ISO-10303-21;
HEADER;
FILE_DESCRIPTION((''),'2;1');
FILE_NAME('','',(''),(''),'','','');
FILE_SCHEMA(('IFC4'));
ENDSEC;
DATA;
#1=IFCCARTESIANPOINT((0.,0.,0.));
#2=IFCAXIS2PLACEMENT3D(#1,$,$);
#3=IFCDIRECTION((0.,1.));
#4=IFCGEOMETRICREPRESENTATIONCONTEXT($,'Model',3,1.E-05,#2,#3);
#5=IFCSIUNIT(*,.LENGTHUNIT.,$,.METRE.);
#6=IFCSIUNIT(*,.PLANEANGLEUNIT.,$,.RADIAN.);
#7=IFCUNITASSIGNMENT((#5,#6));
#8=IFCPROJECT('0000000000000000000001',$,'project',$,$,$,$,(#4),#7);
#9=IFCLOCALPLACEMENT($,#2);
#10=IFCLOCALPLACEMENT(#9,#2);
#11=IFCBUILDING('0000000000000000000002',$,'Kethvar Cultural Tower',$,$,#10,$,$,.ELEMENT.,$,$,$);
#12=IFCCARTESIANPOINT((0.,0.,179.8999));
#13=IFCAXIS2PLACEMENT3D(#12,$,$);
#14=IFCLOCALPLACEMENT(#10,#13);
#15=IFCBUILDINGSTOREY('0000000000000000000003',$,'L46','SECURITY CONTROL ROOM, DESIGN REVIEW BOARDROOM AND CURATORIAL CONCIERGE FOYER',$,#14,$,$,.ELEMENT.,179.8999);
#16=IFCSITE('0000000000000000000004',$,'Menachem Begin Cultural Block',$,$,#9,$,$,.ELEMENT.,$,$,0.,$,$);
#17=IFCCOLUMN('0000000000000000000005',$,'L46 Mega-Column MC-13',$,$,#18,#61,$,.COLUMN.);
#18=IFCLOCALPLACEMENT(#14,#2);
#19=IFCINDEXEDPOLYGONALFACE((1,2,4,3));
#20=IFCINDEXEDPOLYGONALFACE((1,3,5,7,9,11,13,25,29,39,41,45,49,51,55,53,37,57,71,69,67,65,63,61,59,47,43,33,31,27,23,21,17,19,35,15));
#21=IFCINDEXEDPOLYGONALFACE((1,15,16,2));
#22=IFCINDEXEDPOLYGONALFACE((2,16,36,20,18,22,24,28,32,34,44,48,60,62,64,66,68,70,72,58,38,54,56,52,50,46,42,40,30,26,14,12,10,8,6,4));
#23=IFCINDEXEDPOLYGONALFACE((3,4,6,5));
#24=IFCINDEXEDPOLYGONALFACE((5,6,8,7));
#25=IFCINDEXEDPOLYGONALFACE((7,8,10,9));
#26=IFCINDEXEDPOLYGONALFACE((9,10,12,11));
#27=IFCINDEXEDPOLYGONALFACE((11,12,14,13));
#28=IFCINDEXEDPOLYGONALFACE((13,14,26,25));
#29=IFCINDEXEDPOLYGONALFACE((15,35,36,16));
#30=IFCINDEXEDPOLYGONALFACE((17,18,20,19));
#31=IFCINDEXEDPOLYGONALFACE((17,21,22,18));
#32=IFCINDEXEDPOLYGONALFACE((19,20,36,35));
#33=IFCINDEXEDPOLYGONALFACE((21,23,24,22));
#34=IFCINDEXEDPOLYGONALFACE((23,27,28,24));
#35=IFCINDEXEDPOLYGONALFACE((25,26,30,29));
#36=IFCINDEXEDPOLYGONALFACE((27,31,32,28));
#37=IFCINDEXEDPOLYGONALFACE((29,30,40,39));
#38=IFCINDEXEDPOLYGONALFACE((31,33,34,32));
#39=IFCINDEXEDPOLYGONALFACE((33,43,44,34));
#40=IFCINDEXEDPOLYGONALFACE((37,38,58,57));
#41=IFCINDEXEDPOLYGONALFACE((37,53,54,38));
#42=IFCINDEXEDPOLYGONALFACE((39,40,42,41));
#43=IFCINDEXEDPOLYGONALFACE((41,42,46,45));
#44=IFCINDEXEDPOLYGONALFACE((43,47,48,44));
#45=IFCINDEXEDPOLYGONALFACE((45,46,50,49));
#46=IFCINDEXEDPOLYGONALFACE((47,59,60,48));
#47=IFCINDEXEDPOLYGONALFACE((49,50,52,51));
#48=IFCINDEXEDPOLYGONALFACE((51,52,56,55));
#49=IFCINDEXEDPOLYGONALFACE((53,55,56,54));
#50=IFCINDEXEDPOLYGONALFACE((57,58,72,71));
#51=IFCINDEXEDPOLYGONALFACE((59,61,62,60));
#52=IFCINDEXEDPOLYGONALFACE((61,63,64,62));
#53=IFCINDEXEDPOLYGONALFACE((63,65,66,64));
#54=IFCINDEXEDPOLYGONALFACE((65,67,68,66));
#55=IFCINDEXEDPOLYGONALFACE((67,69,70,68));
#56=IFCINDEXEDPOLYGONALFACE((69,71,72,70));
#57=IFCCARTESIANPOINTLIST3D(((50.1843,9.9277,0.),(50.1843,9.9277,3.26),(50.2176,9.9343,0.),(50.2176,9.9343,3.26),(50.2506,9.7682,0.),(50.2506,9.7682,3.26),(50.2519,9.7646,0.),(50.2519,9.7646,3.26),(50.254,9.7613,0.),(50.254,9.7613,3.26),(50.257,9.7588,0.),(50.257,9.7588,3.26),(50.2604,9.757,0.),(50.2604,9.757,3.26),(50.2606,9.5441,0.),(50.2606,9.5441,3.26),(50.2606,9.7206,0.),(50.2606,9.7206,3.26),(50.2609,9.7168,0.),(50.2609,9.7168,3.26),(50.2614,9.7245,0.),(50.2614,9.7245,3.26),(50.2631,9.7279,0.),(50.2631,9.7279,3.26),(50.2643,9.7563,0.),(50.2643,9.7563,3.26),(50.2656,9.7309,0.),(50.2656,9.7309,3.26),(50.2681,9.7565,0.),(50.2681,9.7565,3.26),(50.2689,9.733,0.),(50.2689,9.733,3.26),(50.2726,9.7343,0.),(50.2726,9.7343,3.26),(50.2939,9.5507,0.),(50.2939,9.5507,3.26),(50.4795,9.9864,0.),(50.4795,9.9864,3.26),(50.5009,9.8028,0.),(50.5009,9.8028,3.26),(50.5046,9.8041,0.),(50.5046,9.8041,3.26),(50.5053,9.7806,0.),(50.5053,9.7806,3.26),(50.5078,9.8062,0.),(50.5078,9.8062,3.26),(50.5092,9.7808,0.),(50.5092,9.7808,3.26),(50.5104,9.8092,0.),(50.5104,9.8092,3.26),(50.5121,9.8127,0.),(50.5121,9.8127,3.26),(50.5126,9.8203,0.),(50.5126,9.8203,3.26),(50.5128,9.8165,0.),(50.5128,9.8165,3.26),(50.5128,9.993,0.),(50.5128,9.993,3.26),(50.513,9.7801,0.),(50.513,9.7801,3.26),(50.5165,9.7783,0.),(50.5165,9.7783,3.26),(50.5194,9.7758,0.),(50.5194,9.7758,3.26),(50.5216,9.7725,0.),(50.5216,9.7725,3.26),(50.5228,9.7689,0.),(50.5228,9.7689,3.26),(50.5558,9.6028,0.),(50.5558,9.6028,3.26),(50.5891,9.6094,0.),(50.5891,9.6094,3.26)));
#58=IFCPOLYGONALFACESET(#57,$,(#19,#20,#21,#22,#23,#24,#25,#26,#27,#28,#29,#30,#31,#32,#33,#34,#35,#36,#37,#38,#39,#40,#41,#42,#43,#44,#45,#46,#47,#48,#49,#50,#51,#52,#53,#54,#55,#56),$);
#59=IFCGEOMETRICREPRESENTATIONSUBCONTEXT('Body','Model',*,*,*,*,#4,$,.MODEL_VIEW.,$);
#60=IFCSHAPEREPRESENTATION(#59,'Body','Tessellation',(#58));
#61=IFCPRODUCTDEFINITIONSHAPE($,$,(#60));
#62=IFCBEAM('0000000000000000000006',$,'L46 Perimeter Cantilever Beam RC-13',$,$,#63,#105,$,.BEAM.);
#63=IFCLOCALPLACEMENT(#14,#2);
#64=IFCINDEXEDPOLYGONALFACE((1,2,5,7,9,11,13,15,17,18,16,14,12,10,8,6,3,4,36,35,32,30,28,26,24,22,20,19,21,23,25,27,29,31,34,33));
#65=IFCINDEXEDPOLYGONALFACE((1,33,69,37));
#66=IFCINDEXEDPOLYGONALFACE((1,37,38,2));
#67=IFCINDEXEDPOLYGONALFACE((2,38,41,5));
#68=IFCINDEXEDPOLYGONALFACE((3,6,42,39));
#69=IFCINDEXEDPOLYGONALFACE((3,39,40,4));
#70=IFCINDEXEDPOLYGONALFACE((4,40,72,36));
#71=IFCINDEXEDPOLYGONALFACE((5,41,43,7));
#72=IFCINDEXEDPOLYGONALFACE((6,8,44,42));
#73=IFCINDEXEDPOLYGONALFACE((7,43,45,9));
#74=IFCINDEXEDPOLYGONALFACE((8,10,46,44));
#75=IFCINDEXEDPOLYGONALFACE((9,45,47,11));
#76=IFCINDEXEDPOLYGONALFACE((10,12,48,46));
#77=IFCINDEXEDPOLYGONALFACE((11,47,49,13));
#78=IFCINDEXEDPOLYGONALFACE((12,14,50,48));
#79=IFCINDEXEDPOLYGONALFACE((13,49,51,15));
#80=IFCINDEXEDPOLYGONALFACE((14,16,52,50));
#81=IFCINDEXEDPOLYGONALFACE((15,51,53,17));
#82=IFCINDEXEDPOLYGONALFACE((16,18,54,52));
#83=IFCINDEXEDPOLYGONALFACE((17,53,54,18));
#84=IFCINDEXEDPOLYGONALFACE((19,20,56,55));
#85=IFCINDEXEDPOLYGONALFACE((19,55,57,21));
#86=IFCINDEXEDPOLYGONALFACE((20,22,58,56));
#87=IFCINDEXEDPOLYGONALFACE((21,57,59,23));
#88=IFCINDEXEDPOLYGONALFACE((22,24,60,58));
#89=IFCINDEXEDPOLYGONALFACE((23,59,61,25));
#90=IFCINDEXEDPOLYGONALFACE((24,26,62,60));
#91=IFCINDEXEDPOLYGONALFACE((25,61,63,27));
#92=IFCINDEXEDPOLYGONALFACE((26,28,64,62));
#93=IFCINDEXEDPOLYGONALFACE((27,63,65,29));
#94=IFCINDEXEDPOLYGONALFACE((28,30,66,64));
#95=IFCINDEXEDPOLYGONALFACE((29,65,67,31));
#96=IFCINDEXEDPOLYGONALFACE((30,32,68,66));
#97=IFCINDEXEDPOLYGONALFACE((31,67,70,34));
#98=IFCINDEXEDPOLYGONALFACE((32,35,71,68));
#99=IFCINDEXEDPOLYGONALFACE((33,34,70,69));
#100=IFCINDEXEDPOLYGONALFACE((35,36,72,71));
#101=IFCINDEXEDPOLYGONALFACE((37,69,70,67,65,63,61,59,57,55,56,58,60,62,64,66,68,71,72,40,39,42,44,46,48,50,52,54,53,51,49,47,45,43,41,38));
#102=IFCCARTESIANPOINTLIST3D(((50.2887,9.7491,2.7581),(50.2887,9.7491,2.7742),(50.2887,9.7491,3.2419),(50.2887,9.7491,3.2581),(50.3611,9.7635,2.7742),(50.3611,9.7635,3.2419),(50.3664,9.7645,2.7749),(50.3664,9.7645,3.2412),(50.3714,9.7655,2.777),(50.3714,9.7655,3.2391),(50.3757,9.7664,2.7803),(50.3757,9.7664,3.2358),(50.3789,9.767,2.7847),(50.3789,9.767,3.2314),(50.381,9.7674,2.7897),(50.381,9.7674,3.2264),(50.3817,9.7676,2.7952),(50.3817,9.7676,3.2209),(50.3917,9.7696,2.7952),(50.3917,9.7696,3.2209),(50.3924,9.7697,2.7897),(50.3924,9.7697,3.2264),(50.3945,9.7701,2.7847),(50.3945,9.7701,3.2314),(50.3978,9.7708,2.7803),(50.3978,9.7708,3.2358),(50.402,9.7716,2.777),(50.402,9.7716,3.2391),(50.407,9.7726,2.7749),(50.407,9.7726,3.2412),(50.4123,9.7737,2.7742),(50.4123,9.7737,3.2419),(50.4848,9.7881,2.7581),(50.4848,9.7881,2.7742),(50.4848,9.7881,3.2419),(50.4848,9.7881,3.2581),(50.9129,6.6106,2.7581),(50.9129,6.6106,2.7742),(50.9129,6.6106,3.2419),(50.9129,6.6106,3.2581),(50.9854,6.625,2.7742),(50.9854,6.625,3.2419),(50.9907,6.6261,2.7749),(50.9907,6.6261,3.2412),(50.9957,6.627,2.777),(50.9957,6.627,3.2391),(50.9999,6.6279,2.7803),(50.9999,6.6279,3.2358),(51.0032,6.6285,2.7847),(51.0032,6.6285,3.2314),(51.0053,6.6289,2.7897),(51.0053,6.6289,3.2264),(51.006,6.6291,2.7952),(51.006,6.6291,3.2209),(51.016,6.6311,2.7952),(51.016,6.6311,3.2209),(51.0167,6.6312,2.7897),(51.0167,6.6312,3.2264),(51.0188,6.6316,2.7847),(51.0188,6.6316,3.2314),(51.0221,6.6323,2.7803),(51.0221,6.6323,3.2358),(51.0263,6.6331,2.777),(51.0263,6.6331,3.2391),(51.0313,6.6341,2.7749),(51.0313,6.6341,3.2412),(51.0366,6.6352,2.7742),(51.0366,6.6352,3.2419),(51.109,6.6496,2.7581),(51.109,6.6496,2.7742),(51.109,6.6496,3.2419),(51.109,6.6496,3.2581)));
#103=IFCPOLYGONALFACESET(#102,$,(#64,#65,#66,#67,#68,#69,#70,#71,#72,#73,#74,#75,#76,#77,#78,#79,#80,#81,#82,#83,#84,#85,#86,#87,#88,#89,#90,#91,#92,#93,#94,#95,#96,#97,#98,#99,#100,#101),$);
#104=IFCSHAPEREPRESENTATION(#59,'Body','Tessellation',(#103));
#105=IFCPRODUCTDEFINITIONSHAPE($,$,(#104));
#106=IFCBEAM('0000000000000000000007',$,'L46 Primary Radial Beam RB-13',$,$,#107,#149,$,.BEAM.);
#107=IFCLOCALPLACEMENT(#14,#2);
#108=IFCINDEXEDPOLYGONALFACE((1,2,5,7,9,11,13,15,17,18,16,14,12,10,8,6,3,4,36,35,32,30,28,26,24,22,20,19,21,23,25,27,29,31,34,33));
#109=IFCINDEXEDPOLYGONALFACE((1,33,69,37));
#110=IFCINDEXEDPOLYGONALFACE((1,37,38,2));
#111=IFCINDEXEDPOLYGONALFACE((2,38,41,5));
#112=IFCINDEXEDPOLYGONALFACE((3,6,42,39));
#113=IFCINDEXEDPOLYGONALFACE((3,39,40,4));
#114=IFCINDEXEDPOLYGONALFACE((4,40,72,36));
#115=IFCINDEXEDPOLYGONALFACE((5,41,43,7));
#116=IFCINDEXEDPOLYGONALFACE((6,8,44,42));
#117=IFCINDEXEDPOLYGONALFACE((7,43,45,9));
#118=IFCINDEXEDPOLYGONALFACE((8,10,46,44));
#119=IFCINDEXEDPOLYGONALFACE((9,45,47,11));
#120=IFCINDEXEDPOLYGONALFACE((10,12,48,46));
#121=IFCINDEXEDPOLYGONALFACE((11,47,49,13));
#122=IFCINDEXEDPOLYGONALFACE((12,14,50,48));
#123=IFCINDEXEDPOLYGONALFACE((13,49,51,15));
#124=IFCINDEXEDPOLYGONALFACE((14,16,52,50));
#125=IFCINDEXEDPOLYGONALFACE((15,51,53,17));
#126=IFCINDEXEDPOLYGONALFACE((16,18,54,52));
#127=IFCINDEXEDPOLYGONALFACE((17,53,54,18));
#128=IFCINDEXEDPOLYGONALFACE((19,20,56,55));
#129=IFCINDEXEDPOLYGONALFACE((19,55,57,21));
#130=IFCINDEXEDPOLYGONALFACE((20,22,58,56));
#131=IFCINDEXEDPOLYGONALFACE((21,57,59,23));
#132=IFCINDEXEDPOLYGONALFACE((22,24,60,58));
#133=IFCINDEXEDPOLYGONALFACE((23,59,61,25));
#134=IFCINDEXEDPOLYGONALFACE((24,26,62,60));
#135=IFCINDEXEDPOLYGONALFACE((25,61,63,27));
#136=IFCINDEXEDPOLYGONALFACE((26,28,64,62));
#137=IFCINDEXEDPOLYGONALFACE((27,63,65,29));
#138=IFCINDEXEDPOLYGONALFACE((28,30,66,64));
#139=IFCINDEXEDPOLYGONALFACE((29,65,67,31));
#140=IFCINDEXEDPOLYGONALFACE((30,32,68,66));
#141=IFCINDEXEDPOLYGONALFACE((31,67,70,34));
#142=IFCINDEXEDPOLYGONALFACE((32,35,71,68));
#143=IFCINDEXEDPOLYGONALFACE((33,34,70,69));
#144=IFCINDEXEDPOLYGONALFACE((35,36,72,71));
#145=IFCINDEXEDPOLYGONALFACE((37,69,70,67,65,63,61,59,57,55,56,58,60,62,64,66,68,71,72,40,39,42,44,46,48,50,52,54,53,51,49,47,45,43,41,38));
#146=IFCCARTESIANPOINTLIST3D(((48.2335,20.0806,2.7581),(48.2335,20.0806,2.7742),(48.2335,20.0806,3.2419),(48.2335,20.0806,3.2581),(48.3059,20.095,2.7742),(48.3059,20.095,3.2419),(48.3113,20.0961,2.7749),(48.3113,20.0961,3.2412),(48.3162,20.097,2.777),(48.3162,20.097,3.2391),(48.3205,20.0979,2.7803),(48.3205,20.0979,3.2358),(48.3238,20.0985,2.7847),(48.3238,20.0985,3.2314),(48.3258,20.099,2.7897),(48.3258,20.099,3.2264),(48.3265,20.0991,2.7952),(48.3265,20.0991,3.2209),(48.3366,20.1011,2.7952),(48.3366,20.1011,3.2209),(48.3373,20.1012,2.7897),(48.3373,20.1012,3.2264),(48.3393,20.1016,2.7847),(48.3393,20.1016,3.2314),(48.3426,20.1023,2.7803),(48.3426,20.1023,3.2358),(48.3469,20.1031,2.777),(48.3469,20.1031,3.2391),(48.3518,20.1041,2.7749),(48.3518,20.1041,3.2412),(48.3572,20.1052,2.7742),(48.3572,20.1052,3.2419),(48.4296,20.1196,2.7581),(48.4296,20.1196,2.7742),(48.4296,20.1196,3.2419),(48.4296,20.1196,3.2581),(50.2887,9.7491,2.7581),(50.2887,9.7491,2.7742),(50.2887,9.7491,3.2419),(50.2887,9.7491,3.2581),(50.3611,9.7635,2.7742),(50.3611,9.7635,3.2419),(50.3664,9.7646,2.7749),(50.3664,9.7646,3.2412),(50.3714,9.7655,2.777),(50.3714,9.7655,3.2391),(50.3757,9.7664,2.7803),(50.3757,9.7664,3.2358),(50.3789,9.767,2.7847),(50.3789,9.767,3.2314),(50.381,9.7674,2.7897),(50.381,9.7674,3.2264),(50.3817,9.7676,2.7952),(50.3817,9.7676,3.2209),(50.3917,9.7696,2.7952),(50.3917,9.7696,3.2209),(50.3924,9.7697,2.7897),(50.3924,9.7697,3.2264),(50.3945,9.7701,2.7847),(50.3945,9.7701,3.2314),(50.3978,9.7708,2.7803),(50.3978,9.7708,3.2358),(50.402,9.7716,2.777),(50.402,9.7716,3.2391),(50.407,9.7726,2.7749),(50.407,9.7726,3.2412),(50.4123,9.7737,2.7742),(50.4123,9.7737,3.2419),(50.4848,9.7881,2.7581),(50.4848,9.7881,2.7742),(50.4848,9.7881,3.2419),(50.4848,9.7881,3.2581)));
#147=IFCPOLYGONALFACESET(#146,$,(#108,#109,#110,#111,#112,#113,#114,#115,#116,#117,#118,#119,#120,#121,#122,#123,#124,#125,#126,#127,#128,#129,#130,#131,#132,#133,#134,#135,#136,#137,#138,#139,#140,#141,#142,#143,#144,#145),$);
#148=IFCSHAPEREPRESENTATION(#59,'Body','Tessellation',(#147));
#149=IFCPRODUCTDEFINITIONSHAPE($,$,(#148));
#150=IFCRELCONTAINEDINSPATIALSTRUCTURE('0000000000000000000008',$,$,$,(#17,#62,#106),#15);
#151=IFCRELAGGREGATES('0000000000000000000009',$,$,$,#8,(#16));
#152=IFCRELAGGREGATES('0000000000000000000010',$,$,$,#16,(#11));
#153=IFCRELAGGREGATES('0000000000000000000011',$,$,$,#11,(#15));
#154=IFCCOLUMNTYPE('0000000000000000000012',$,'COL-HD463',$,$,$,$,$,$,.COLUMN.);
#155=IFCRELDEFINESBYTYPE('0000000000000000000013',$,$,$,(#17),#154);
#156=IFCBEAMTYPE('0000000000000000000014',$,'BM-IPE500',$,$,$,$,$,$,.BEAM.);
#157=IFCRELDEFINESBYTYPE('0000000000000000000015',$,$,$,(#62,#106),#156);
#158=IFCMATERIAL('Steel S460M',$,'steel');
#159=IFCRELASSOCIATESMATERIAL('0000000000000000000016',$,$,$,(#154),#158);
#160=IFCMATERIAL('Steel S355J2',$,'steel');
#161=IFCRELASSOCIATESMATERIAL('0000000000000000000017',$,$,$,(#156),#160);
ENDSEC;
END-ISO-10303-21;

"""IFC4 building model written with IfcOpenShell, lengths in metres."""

from ifc_helpers import new_model, si_unit, direction, frame, origin, origin_2d, place, context, subcontext, project, spatial, i_section, extrude, source, transform, mapped, material, material_profile, profile_set, type_object, element, save


model = new_model("IFC4")

# Units and contexts
model_context = context("Model", 3, precision=1e-05, world=origin(), true_north=direction((0.0, 1.0)))
body_context = subcontext(model_context, "Body", "Model", "MODEL_VIEW")
ifc_project = project(units=[si_unit("LENGTHUNIT", "METRE"), si_unit("PLANEANGLEUNIT", "RADIAN")], contexts=[model_context])

# Site, building, storey
site_placement = place(None, origin())
site = spatial("IfcSite", under=ifc_project, at=site_placement, Name="Menachem Begin Cultural Block", CompositionType="ELEMENT", RefElevation=0.0)
building_placement = place(site_placement, origin())
building = spatial("IfcBuilding", under=site, at=building_placement, Name="Kethvar Cultural Tower", CompositionType="ELEMENT")
storey_placement = place(building_placement, frame((0.0, 0.0, 179.8999)))
storey = spatial("IfcBuildingStorey", under=building, at=storey_placement, Name="L46", Description="SECURITY CONTROL ROOM, DESIGN REVIEW BOARDROOM AND CURATORIAL CONCIERGE FOYER", CompositionType="ELEMENT", Elevation=179.8999)

# Column
ifc_material_1 = material(Name="Steel S460M", Category="steel")
ifc_material_profile_1 = material_profile(ifc_material_1, i_section(OverallWidth=0.3911, OverallDepth=0.335, WebThickness=0.0227, FlangeThickness=0.0339, FilletRadius=0.0149, at=origin_2d()), Name="Steel S460M — HD400x463")
ifc_profile_set_1 = profile_set([ifc_material_profile_1], Name="Steel S460M — HD400x463")
column_type = type_object("IfcColumnType", Name="COL-HD463", PredefinedType="COLUMN", material=ifc_profile_set_1)
shared_shape_1 = source(origin(), body_context, "Body", "SweptSolid", [
    extrude(i_section(OverallWidth=0.3911, OverallDepth=0.335, WebThickness=0.0227, FlangeThickness=0.0339, FilletRadius=0.0149, at=origin_2d()), origin(), (0.0, 0.0, 1.0), 3.26),
])
column_placement = place(storey_placement, frame((50.3867, 9.7686, 0.0), z_axis=(0.0, 0.0, 1.0), x_axis=(0.19509, -0.980785, 0.0)))
element("IfcColumn", 1, at=column_placement, inside=storey, type_object=column_type, Name="L46 Mega-Column MC-13", PredefinedType="COLUMN", context=body_context, shape_type="MappedRepresentation", body=[
    mapped(shared_shape_1, transform((0.0, 0.0, 0.0), scale=1.0)),
])

# Beams
ifc_material_2 = material(Name="Steel S355J2", Category="steel")
ifc_material_profile_2 = material_profile(ifc_material_2, i_section(OverallWidth=0.2, OverallDepth=0.5, WebThickness=0.0103, FlangeThickness=0.0161, FilletRadius=0.021, at=origin_2d()), Name="Steel S355J2 — IPE500")
ifc_profile_set_2 = profile_set([ifc_material_profile_2], Name="Steel S355J2 — IPE500")
beam_type_1 = type_object("IfcBeamType", Name="BM-IPE500", PredefinedType="BEAM", material=ifc_profile_set_2)
shared_shape_2 = source(origin(), body_context, "Body", "SweptSolid", [
    extrude(i_section(OverallWidth=0.2, OverallDepth=0.5, WebThickness=0.0103, FlangeThickness=0.0161, FilletRadius=0.021, at=origin_2d()), origin(), (0.0, 0.0, 1.0), 3.2),
])
beam_1_placement = place(storey_placement, frame((50.3867, 9.7686, 3.0081), z_axis=(0.195089, -0.980786, 0.0), x_axis=(0.980786, 0.195089, 0.0)))
element("IfcBeam", 2, at=beam_1_placement, inside=storey, type_object=beam_type_1, Name="L46 Perimeter Cantilever Beam RC-13", PredefinedType="BEAM", context=body_context, shape_type="MappedRepresentation", body=[
    mapped(shared_shape_2, transform((0.0, 0.0, 0.0), scale=1.0)),
])
shared_shape_3 = source(origin(), body_context, "Body", "SweptSolid", [
    extrude(i_section(OverallWidth=0.2, OverallDepth=0.5, WebThickness=0.0103, FlangeThickness=0.0161, FilletRadius=0.021, at=origin_2d()), origin(), (0.0, 0.0, 1.0), 10.5339),
])
beam_2_placement = place(storey_placement, frame((48.3315, 20.1001, 3.0081), z_axis=(0.1951, -0.980783, 0.0), x_axis=(0.980783, 0.1951, 0.0)))
element("IfcBeam", 3, at=beam_2_placement, inside=storey, type_object=beam_type_1, Name="L46 Primary Radial Beam RB-13", PredefinedType="BEAM", context=body_context, shape_type="MappedRepresentation", body=[
    mapped(shared_shape_3, transform((0.0, 0.0, 0.0), scale=1.0)),
])

save(model, "model.ifc")
